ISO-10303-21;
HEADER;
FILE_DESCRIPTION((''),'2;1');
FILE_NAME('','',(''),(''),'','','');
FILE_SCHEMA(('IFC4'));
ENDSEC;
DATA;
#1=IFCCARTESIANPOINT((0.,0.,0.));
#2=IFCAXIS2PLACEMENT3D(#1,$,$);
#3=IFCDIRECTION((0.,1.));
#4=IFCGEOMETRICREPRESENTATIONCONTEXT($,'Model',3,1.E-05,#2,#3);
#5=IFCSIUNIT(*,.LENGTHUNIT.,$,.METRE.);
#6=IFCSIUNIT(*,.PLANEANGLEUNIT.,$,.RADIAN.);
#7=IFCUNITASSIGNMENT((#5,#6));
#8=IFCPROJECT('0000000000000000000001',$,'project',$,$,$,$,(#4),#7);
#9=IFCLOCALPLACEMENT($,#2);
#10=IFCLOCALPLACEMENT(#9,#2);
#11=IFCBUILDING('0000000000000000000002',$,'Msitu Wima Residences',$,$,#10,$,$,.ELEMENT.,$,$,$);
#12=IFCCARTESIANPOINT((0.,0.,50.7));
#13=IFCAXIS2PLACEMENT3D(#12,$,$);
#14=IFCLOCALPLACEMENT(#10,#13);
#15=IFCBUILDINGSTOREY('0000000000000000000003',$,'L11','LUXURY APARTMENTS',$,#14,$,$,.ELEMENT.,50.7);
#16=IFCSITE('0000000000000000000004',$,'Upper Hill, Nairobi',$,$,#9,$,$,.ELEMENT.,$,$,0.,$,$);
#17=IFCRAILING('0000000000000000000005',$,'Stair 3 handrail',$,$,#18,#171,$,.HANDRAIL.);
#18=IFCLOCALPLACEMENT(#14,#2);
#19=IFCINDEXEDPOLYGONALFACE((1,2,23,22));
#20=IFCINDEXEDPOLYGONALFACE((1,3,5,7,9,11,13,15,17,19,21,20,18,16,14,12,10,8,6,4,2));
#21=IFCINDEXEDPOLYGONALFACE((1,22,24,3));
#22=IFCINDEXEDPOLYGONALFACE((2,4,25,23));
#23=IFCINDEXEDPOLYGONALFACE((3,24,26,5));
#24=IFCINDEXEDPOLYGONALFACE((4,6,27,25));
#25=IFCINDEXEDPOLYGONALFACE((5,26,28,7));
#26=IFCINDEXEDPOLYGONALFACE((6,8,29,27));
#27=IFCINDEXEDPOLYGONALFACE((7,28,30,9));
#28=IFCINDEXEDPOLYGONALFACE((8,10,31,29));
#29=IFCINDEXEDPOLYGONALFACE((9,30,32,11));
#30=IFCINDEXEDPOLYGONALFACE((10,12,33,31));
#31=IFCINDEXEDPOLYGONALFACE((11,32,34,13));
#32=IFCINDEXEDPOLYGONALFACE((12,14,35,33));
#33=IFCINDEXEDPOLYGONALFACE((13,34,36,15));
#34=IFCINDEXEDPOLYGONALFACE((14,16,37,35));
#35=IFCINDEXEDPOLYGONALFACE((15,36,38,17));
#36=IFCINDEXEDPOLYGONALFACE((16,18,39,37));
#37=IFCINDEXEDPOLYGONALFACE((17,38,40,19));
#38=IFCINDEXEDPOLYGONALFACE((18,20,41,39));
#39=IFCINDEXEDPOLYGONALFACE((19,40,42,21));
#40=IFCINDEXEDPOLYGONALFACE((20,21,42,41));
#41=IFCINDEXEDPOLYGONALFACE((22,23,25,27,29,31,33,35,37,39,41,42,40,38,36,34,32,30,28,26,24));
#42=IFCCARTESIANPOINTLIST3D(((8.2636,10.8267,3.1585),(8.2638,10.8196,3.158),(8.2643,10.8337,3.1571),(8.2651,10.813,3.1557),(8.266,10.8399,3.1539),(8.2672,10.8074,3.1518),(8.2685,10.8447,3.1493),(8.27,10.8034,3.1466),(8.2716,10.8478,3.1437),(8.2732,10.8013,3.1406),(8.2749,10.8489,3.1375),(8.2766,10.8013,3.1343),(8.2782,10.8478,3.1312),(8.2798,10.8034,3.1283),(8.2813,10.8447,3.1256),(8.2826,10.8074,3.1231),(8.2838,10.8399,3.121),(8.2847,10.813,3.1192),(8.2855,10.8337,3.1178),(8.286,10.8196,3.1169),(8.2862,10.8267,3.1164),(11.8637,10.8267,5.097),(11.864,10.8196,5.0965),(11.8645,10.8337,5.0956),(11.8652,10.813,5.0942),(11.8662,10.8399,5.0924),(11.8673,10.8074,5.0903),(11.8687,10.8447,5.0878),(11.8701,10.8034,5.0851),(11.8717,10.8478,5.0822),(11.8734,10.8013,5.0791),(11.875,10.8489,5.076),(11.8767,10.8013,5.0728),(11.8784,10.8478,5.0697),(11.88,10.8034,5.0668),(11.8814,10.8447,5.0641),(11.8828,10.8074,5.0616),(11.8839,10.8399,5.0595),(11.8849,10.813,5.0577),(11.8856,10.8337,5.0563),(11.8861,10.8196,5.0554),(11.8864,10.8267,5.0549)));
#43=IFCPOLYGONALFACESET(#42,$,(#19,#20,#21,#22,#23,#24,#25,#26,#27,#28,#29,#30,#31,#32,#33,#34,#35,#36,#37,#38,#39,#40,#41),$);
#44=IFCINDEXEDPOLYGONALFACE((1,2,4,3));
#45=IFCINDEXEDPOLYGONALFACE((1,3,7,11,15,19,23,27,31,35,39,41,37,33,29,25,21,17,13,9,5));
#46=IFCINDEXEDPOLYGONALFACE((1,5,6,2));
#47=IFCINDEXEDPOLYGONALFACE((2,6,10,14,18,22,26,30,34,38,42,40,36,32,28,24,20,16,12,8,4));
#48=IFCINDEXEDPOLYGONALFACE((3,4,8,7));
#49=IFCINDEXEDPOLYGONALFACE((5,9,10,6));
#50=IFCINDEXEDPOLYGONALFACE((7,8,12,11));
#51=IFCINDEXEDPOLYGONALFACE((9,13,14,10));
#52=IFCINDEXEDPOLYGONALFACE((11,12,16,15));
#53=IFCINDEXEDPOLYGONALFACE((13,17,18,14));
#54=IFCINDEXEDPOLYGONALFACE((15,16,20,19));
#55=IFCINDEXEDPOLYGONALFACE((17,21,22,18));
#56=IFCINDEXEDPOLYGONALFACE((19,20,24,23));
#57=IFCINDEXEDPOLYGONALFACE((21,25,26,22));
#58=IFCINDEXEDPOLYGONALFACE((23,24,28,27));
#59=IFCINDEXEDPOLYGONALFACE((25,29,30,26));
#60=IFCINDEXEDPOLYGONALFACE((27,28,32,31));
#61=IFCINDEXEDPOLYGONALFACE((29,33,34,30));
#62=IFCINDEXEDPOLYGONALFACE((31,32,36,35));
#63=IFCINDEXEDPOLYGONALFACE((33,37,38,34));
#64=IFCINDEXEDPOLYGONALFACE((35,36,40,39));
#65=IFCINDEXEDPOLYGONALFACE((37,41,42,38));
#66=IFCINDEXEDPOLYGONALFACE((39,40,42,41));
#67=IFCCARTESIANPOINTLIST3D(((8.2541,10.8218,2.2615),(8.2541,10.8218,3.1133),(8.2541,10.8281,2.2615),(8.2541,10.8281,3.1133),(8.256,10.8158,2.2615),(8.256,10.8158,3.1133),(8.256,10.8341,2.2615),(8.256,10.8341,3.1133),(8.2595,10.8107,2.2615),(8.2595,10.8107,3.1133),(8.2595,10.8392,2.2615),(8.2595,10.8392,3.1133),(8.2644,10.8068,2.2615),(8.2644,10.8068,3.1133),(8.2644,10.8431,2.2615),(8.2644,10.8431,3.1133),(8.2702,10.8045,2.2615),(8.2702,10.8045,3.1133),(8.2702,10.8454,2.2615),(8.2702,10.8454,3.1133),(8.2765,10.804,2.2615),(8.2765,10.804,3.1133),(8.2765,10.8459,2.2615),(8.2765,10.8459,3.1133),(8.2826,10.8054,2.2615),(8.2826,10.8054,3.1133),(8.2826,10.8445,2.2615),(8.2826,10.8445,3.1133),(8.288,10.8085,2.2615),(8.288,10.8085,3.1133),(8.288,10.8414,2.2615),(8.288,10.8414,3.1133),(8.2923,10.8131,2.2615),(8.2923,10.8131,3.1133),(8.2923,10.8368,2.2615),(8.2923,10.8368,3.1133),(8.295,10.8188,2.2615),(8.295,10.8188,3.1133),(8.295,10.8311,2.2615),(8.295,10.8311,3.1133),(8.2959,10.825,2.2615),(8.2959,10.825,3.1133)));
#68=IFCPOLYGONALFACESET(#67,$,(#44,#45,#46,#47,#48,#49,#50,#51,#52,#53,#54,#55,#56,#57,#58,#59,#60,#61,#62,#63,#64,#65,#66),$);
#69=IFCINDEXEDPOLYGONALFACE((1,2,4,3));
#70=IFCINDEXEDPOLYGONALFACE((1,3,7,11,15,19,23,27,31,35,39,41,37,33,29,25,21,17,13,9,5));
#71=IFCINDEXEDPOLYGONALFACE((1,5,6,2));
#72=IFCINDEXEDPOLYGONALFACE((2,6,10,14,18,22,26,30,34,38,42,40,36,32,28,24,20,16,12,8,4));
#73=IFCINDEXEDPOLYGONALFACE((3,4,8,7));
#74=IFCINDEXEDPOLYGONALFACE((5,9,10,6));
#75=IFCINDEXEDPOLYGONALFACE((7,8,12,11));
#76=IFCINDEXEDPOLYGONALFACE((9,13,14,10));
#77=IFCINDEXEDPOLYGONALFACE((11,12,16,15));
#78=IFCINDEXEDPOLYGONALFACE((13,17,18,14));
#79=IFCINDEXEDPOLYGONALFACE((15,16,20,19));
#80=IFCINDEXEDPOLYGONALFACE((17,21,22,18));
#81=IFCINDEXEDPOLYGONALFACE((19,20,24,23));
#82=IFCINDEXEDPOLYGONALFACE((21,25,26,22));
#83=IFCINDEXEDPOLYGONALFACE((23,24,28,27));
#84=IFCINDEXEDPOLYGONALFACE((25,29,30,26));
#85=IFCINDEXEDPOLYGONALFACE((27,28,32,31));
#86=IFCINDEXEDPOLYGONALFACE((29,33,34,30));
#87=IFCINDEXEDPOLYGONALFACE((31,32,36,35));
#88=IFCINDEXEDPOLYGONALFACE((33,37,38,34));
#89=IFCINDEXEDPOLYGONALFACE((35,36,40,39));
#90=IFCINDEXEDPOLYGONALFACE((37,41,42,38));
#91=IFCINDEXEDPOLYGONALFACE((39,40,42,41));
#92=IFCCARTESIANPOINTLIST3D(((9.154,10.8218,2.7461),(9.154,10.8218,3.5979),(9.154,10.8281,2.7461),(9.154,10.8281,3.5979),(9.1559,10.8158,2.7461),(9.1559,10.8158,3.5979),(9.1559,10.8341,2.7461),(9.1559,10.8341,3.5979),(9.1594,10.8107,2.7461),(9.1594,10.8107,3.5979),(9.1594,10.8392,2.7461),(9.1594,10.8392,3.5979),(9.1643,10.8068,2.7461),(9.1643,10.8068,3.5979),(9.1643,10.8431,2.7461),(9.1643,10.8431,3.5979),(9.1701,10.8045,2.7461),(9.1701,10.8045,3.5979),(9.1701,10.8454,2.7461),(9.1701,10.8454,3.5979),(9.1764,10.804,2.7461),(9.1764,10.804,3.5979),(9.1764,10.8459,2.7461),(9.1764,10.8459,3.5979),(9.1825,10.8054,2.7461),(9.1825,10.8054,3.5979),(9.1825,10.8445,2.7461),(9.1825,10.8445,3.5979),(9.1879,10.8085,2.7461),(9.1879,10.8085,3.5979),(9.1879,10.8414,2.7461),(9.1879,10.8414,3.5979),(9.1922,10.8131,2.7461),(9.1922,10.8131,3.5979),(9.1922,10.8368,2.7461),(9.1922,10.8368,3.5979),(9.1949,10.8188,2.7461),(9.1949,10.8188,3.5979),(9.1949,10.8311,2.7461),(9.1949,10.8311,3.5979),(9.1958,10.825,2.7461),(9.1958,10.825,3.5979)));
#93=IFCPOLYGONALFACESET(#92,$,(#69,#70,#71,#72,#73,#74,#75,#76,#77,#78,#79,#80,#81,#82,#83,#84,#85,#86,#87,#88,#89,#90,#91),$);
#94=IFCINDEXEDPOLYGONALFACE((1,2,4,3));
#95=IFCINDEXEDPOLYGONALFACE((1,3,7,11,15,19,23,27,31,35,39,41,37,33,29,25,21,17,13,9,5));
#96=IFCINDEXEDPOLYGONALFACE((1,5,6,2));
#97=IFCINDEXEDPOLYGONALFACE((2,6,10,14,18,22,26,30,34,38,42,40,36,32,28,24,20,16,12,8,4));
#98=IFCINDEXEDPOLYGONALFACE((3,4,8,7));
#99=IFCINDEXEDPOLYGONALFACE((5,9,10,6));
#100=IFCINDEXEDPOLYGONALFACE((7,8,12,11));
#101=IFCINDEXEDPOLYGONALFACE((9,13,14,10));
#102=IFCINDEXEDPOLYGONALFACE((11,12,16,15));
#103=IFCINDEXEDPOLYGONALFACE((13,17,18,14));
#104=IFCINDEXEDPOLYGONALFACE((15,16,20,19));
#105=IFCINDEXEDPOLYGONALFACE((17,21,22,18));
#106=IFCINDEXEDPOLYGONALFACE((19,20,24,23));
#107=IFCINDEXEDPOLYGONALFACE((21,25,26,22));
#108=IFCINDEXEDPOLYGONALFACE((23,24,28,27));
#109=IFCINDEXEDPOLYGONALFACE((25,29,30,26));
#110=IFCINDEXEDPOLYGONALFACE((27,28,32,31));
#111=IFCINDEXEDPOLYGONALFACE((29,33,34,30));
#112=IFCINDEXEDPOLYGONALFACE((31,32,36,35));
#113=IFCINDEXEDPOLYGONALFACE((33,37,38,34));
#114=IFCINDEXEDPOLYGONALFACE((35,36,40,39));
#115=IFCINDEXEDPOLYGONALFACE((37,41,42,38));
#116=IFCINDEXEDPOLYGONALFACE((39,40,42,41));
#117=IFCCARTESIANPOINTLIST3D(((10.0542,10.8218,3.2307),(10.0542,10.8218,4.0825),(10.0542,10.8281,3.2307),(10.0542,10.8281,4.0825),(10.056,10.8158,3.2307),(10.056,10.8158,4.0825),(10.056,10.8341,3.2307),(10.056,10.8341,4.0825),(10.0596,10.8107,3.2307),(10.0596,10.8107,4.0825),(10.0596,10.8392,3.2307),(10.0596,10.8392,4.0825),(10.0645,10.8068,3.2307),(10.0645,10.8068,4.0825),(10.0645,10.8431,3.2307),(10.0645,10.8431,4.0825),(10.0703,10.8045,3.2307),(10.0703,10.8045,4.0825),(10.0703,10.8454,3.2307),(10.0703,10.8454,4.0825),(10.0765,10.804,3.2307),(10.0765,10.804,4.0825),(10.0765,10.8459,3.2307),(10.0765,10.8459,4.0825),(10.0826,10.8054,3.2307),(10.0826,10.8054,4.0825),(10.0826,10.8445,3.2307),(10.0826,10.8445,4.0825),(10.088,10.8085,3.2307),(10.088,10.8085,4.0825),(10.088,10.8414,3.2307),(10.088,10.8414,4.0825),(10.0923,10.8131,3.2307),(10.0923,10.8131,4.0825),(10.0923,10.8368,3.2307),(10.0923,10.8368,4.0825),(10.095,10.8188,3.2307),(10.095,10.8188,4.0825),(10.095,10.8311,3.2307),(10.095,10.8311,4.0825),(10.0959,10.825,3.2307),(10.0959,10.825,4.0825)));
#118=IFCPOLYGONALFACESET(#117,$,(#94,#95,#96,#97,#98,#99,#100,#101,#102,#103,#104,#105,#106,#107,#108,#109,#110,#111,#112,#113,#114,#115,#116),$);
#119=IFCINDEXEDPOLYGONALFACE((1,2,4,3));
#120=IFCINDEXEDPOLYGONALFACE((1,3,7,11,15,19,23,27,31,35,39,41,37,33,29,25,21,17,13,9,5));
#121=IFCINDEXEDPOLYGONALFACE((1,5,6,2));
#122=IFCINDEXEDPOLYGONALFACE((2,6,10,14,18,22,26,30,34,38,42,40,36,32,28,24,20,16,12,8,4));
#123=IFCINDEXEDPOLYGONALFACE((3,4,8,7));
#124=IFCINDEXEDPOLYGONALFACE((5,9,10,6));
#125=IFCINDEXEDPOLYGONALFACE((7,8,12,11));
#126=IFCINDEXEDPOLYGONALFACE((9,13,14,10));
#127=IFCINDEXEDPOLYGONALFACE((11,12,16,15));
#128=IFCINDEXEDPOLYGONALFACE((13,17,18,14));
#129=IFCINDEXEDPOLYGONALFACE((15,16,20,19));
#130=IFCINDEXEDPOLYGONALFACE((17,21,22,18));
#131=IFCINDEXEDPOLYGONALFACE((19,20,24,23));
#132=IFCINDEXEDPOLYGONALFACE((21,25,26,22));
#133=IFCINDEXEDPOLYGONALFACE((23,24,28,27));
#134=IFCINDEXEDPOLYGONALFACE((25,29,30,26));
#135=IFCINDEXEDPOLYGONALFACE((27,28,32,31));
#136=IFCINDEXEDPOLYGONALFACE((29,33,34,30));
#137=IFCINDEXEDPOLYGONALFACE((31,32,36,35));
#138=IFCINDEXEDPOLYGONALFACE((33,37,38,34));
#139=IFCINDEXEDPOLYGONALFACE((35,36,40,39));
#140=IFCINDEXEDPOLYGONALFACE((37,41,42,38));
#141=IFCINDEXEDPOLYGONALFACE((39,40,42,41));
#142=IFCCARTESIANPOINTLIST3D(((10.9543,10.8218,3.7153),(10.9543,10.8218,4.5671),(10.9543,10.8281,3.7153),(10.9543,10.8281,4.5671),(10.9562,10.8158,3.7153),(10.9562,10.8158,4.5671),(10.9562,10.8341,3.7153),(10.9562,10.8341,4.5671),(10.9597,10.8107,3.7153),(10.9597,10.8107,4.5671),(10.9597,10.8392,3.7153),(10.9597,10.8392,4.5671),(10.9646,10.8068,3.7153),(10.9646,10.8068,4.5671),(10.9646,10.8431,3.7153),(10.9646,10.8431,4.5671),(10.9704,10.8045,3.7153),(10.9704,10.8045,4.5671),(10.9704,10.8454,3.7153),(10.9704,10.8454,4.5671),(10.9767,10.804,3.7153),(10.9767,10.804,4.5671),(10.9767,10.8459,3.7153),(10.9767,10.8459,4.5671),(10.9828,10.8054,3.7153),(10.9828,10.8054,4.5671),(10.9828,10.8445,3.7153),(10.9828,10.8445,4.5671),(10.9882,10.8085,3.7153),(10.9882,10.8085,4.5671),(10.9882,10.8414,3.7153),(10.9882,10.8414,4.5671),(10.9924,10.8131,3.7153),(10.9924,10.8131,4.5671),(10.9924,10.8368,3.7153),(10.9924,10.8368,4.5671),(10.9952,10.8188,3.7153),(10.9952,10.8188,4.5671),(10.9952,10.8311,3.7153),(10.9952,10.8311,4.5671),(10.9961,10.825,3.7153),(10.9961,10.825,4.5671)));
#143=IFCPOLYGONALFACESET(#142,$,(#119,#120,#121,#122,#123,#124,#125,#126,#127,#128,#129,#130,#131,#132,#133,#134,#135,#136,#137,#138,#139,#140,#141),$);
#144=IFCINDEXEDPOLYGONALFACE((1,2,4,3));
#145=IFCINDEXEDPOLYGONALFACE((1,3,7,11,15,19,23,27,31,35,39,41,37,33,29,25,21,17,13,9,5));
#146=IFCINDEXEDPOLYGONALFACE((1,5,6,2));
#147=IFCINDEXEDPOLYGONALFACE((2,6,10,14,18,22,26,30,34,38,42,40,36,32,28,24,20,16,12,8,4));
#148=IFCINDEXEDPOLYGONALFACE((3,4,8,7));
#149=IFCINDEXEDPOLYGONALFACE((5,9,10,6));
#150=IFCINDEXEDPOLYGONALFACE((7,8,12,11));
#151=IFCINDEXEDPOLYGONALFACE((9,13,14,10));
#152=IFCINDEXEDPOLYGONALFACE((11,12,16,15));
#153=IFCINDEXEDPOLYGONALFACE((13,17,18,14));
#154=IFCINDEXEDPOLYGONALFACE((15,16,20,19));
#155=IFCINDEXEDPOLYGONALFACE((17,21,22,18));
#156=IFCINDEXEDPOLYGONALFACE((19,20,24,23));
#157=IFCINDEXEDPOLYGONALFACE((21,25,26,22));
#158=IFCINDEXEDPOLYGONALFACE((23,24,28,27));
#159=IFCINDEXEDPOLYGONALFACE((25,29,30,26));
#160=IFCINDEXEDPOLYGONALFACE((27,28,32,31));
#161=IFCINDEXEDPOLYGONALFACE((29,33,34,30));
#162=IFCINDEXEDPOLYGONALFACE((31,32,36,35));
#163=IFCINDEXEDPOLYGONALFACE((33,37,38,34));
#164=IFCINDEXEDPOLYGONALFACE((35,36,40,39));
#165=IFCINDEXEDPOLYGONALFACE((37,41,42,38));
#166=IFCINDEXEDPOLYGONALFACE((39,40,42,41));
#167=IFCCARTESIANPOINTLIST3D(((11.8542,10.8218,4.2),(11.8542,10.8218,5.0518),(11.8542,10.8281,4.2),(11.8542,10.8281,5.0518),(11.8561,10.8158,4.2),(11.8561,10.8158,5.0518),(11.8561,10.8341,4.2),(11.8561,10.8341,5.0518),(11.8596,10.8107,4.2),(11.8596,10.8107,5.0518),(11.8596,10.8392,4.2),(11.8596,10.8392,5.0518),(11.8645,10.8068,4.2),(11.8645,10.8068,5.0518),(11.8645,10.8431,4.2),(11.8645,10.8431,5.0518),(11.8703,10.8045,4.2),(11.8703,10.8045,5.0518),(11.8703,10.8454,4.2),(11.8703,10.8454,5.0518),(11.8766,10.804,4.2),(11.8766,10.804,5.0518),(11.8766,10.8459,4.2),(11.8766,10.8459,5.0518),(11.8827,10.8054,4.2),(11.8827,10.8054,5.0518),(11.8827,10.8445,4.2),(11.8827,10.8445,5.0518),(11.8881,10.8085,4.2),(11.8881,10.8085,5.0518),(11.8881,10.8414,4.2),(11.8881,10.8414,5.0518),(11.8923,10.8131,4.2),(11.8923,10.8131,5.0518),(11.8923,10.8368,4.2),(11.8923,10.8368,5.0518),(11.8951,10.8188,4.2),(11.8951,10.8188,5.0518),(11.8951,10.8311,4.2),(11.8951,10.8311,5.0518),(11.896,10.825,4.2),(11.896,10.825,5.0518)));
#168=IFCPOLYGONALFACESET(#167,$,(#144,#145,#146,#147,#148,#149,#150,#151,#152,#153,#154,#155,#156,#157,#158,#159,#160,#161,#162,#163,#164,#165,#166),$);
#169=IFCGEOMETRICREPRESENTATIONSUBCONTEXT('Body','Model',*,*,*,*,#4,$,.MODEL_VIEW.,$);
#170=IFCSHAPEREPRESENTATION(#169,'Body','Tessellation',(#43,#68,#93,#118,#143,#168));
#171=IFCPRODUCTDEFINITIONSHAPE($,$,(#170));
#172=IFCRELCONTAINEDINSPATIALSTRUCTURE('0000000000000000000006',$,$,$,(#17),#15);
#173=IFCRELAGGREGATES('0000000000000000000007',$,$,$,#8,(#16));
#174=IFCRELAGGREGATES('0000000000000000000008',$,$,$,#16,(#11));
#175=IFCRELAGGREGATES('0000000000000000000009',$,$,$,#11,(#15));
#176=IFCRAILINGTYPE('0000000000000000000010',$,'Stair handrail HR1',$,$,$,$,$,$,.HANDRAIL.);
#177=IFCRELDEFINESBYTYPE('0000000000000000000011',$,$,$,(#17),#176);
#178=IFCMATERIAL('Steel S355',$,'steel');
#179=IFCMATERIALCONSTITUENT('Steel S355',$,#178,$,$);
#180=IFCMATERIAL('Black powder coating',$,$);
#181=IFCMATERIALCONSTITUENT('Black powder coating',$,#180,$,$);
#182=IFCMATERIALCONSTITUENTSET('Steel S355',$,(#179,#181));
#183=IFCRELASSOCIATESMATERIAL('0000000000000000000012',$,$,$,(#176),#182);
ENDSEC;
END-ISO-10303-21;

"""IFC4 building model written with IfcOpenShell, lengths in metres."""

from ifc_helpers import new_model, si_unit, direction, frame, origin, origin_2d, place, context, subcontext, project, spatial, circle, extrude, material, constituent, constituent_set, type_object, element, save


model = new_model("IFC4")

# Units and contexts
model_context = context("Model", 3, precision=1e-05, world=origin(), true_north=direction((0.0, 1.0)))
body_context = subcontext(model_context, "Body", "Model", "MODEL_VIEW")
ifc_project = project(units=[si_unit("LENGTHUNIT", "METRE"), si_unit("PLANEANGLEUNIT", "RADIAN")], contexts=[model_context])

# Site, building, storey
site_placement = place(None, origin())
site = spatial("IfcSite", under=ifc_project, at=site_placement, Name="Upper Hill, Nairobi", CompositionType="ELEMENT", RefElevation=0.0)
building_placement = place(site_placement, origin())
building = spatial("IfcBuilding", under=site, at=building_placement, Name="Msitu Wima Residences", CompositionType="ELEMENT")
storey_placement = place(building_placement, frame((0.0, 0.0, 50.7)))
storey = spatial("IfcBuildingStorey", under=building, at=storey_placement, Name="L11", Description="LUXURY APARTMENTS", CompositionType="ELEMENT", Elevation=50.7)

# Railing
ifc_material_1 = material(Name="Steel S355", Category="steel")
ifc_constituent_1 = constituent(ifc_material_1, Name="Steel S355")
ifc_material_2 = material(Name="Black powder coating")
ifc_constituent_2 = constituent(ifc_material_2, Name="Black powder coating")
ifc_constituent_set = constituent_set(constituents=[ifc_constituent_1, ifc_constituent_2], Name="Steel S355")
railing_type = type_object("IfcRailingType", Name="Stair handrail HR1", PredefinedType="HANDRAIL", material=ifc_constituent_set)
for number, where, name in (
    (1, (8.2749, 10.825, 2.2615), "Stair 3 handrail"),
):
    element("IfcRailing", number, at=place(storey_placement, frame(where)), inside=storey, type_object=railing_type, Name=name, PredefinedType="HANDRAIL", context=body_context, shape_type="SweptSolid", body=[
        extrude(circle(Radius=0.0239, at=origin_2d()), frame((0.0, 0.0, 0.876), z_axis=(0.880475, 0.0, 0.474093), x_axis=(0.0, 1.0, 0.0)), (0.0, 0.0, 1.0), 4.0889),
        extrude(circle(Radius=0.021, at=origin_2d()), origin(), (0.0, 0.0, 1.0), 0.8518),
        extrude(circle(Radius=0.021, at=origin_2d()), frame((0.8999, 0.0, 0.4846)), (0.0, 0.0, 1.0), 0.8518),
        extrude(circle(Radius=0.021, at=origin_2d()), frame((1.8, 0.0, 0.9692)), (0.0, 0.0, 1.0), 0.8518),
        extrude(circle(Radius=0.021, at=origin_2d()), frame((2.7002, 0.0, 1.4539)), (0.0, 0.0, 1.0), 0.8518),
        extrude(circle(Radius=0.021, at=origin_2d()), frame((3.6001, 0.0, 1.9385)), (0.0, 0.0, 1.0), 0.8518),
    ])

save(model, "model.ifc")
